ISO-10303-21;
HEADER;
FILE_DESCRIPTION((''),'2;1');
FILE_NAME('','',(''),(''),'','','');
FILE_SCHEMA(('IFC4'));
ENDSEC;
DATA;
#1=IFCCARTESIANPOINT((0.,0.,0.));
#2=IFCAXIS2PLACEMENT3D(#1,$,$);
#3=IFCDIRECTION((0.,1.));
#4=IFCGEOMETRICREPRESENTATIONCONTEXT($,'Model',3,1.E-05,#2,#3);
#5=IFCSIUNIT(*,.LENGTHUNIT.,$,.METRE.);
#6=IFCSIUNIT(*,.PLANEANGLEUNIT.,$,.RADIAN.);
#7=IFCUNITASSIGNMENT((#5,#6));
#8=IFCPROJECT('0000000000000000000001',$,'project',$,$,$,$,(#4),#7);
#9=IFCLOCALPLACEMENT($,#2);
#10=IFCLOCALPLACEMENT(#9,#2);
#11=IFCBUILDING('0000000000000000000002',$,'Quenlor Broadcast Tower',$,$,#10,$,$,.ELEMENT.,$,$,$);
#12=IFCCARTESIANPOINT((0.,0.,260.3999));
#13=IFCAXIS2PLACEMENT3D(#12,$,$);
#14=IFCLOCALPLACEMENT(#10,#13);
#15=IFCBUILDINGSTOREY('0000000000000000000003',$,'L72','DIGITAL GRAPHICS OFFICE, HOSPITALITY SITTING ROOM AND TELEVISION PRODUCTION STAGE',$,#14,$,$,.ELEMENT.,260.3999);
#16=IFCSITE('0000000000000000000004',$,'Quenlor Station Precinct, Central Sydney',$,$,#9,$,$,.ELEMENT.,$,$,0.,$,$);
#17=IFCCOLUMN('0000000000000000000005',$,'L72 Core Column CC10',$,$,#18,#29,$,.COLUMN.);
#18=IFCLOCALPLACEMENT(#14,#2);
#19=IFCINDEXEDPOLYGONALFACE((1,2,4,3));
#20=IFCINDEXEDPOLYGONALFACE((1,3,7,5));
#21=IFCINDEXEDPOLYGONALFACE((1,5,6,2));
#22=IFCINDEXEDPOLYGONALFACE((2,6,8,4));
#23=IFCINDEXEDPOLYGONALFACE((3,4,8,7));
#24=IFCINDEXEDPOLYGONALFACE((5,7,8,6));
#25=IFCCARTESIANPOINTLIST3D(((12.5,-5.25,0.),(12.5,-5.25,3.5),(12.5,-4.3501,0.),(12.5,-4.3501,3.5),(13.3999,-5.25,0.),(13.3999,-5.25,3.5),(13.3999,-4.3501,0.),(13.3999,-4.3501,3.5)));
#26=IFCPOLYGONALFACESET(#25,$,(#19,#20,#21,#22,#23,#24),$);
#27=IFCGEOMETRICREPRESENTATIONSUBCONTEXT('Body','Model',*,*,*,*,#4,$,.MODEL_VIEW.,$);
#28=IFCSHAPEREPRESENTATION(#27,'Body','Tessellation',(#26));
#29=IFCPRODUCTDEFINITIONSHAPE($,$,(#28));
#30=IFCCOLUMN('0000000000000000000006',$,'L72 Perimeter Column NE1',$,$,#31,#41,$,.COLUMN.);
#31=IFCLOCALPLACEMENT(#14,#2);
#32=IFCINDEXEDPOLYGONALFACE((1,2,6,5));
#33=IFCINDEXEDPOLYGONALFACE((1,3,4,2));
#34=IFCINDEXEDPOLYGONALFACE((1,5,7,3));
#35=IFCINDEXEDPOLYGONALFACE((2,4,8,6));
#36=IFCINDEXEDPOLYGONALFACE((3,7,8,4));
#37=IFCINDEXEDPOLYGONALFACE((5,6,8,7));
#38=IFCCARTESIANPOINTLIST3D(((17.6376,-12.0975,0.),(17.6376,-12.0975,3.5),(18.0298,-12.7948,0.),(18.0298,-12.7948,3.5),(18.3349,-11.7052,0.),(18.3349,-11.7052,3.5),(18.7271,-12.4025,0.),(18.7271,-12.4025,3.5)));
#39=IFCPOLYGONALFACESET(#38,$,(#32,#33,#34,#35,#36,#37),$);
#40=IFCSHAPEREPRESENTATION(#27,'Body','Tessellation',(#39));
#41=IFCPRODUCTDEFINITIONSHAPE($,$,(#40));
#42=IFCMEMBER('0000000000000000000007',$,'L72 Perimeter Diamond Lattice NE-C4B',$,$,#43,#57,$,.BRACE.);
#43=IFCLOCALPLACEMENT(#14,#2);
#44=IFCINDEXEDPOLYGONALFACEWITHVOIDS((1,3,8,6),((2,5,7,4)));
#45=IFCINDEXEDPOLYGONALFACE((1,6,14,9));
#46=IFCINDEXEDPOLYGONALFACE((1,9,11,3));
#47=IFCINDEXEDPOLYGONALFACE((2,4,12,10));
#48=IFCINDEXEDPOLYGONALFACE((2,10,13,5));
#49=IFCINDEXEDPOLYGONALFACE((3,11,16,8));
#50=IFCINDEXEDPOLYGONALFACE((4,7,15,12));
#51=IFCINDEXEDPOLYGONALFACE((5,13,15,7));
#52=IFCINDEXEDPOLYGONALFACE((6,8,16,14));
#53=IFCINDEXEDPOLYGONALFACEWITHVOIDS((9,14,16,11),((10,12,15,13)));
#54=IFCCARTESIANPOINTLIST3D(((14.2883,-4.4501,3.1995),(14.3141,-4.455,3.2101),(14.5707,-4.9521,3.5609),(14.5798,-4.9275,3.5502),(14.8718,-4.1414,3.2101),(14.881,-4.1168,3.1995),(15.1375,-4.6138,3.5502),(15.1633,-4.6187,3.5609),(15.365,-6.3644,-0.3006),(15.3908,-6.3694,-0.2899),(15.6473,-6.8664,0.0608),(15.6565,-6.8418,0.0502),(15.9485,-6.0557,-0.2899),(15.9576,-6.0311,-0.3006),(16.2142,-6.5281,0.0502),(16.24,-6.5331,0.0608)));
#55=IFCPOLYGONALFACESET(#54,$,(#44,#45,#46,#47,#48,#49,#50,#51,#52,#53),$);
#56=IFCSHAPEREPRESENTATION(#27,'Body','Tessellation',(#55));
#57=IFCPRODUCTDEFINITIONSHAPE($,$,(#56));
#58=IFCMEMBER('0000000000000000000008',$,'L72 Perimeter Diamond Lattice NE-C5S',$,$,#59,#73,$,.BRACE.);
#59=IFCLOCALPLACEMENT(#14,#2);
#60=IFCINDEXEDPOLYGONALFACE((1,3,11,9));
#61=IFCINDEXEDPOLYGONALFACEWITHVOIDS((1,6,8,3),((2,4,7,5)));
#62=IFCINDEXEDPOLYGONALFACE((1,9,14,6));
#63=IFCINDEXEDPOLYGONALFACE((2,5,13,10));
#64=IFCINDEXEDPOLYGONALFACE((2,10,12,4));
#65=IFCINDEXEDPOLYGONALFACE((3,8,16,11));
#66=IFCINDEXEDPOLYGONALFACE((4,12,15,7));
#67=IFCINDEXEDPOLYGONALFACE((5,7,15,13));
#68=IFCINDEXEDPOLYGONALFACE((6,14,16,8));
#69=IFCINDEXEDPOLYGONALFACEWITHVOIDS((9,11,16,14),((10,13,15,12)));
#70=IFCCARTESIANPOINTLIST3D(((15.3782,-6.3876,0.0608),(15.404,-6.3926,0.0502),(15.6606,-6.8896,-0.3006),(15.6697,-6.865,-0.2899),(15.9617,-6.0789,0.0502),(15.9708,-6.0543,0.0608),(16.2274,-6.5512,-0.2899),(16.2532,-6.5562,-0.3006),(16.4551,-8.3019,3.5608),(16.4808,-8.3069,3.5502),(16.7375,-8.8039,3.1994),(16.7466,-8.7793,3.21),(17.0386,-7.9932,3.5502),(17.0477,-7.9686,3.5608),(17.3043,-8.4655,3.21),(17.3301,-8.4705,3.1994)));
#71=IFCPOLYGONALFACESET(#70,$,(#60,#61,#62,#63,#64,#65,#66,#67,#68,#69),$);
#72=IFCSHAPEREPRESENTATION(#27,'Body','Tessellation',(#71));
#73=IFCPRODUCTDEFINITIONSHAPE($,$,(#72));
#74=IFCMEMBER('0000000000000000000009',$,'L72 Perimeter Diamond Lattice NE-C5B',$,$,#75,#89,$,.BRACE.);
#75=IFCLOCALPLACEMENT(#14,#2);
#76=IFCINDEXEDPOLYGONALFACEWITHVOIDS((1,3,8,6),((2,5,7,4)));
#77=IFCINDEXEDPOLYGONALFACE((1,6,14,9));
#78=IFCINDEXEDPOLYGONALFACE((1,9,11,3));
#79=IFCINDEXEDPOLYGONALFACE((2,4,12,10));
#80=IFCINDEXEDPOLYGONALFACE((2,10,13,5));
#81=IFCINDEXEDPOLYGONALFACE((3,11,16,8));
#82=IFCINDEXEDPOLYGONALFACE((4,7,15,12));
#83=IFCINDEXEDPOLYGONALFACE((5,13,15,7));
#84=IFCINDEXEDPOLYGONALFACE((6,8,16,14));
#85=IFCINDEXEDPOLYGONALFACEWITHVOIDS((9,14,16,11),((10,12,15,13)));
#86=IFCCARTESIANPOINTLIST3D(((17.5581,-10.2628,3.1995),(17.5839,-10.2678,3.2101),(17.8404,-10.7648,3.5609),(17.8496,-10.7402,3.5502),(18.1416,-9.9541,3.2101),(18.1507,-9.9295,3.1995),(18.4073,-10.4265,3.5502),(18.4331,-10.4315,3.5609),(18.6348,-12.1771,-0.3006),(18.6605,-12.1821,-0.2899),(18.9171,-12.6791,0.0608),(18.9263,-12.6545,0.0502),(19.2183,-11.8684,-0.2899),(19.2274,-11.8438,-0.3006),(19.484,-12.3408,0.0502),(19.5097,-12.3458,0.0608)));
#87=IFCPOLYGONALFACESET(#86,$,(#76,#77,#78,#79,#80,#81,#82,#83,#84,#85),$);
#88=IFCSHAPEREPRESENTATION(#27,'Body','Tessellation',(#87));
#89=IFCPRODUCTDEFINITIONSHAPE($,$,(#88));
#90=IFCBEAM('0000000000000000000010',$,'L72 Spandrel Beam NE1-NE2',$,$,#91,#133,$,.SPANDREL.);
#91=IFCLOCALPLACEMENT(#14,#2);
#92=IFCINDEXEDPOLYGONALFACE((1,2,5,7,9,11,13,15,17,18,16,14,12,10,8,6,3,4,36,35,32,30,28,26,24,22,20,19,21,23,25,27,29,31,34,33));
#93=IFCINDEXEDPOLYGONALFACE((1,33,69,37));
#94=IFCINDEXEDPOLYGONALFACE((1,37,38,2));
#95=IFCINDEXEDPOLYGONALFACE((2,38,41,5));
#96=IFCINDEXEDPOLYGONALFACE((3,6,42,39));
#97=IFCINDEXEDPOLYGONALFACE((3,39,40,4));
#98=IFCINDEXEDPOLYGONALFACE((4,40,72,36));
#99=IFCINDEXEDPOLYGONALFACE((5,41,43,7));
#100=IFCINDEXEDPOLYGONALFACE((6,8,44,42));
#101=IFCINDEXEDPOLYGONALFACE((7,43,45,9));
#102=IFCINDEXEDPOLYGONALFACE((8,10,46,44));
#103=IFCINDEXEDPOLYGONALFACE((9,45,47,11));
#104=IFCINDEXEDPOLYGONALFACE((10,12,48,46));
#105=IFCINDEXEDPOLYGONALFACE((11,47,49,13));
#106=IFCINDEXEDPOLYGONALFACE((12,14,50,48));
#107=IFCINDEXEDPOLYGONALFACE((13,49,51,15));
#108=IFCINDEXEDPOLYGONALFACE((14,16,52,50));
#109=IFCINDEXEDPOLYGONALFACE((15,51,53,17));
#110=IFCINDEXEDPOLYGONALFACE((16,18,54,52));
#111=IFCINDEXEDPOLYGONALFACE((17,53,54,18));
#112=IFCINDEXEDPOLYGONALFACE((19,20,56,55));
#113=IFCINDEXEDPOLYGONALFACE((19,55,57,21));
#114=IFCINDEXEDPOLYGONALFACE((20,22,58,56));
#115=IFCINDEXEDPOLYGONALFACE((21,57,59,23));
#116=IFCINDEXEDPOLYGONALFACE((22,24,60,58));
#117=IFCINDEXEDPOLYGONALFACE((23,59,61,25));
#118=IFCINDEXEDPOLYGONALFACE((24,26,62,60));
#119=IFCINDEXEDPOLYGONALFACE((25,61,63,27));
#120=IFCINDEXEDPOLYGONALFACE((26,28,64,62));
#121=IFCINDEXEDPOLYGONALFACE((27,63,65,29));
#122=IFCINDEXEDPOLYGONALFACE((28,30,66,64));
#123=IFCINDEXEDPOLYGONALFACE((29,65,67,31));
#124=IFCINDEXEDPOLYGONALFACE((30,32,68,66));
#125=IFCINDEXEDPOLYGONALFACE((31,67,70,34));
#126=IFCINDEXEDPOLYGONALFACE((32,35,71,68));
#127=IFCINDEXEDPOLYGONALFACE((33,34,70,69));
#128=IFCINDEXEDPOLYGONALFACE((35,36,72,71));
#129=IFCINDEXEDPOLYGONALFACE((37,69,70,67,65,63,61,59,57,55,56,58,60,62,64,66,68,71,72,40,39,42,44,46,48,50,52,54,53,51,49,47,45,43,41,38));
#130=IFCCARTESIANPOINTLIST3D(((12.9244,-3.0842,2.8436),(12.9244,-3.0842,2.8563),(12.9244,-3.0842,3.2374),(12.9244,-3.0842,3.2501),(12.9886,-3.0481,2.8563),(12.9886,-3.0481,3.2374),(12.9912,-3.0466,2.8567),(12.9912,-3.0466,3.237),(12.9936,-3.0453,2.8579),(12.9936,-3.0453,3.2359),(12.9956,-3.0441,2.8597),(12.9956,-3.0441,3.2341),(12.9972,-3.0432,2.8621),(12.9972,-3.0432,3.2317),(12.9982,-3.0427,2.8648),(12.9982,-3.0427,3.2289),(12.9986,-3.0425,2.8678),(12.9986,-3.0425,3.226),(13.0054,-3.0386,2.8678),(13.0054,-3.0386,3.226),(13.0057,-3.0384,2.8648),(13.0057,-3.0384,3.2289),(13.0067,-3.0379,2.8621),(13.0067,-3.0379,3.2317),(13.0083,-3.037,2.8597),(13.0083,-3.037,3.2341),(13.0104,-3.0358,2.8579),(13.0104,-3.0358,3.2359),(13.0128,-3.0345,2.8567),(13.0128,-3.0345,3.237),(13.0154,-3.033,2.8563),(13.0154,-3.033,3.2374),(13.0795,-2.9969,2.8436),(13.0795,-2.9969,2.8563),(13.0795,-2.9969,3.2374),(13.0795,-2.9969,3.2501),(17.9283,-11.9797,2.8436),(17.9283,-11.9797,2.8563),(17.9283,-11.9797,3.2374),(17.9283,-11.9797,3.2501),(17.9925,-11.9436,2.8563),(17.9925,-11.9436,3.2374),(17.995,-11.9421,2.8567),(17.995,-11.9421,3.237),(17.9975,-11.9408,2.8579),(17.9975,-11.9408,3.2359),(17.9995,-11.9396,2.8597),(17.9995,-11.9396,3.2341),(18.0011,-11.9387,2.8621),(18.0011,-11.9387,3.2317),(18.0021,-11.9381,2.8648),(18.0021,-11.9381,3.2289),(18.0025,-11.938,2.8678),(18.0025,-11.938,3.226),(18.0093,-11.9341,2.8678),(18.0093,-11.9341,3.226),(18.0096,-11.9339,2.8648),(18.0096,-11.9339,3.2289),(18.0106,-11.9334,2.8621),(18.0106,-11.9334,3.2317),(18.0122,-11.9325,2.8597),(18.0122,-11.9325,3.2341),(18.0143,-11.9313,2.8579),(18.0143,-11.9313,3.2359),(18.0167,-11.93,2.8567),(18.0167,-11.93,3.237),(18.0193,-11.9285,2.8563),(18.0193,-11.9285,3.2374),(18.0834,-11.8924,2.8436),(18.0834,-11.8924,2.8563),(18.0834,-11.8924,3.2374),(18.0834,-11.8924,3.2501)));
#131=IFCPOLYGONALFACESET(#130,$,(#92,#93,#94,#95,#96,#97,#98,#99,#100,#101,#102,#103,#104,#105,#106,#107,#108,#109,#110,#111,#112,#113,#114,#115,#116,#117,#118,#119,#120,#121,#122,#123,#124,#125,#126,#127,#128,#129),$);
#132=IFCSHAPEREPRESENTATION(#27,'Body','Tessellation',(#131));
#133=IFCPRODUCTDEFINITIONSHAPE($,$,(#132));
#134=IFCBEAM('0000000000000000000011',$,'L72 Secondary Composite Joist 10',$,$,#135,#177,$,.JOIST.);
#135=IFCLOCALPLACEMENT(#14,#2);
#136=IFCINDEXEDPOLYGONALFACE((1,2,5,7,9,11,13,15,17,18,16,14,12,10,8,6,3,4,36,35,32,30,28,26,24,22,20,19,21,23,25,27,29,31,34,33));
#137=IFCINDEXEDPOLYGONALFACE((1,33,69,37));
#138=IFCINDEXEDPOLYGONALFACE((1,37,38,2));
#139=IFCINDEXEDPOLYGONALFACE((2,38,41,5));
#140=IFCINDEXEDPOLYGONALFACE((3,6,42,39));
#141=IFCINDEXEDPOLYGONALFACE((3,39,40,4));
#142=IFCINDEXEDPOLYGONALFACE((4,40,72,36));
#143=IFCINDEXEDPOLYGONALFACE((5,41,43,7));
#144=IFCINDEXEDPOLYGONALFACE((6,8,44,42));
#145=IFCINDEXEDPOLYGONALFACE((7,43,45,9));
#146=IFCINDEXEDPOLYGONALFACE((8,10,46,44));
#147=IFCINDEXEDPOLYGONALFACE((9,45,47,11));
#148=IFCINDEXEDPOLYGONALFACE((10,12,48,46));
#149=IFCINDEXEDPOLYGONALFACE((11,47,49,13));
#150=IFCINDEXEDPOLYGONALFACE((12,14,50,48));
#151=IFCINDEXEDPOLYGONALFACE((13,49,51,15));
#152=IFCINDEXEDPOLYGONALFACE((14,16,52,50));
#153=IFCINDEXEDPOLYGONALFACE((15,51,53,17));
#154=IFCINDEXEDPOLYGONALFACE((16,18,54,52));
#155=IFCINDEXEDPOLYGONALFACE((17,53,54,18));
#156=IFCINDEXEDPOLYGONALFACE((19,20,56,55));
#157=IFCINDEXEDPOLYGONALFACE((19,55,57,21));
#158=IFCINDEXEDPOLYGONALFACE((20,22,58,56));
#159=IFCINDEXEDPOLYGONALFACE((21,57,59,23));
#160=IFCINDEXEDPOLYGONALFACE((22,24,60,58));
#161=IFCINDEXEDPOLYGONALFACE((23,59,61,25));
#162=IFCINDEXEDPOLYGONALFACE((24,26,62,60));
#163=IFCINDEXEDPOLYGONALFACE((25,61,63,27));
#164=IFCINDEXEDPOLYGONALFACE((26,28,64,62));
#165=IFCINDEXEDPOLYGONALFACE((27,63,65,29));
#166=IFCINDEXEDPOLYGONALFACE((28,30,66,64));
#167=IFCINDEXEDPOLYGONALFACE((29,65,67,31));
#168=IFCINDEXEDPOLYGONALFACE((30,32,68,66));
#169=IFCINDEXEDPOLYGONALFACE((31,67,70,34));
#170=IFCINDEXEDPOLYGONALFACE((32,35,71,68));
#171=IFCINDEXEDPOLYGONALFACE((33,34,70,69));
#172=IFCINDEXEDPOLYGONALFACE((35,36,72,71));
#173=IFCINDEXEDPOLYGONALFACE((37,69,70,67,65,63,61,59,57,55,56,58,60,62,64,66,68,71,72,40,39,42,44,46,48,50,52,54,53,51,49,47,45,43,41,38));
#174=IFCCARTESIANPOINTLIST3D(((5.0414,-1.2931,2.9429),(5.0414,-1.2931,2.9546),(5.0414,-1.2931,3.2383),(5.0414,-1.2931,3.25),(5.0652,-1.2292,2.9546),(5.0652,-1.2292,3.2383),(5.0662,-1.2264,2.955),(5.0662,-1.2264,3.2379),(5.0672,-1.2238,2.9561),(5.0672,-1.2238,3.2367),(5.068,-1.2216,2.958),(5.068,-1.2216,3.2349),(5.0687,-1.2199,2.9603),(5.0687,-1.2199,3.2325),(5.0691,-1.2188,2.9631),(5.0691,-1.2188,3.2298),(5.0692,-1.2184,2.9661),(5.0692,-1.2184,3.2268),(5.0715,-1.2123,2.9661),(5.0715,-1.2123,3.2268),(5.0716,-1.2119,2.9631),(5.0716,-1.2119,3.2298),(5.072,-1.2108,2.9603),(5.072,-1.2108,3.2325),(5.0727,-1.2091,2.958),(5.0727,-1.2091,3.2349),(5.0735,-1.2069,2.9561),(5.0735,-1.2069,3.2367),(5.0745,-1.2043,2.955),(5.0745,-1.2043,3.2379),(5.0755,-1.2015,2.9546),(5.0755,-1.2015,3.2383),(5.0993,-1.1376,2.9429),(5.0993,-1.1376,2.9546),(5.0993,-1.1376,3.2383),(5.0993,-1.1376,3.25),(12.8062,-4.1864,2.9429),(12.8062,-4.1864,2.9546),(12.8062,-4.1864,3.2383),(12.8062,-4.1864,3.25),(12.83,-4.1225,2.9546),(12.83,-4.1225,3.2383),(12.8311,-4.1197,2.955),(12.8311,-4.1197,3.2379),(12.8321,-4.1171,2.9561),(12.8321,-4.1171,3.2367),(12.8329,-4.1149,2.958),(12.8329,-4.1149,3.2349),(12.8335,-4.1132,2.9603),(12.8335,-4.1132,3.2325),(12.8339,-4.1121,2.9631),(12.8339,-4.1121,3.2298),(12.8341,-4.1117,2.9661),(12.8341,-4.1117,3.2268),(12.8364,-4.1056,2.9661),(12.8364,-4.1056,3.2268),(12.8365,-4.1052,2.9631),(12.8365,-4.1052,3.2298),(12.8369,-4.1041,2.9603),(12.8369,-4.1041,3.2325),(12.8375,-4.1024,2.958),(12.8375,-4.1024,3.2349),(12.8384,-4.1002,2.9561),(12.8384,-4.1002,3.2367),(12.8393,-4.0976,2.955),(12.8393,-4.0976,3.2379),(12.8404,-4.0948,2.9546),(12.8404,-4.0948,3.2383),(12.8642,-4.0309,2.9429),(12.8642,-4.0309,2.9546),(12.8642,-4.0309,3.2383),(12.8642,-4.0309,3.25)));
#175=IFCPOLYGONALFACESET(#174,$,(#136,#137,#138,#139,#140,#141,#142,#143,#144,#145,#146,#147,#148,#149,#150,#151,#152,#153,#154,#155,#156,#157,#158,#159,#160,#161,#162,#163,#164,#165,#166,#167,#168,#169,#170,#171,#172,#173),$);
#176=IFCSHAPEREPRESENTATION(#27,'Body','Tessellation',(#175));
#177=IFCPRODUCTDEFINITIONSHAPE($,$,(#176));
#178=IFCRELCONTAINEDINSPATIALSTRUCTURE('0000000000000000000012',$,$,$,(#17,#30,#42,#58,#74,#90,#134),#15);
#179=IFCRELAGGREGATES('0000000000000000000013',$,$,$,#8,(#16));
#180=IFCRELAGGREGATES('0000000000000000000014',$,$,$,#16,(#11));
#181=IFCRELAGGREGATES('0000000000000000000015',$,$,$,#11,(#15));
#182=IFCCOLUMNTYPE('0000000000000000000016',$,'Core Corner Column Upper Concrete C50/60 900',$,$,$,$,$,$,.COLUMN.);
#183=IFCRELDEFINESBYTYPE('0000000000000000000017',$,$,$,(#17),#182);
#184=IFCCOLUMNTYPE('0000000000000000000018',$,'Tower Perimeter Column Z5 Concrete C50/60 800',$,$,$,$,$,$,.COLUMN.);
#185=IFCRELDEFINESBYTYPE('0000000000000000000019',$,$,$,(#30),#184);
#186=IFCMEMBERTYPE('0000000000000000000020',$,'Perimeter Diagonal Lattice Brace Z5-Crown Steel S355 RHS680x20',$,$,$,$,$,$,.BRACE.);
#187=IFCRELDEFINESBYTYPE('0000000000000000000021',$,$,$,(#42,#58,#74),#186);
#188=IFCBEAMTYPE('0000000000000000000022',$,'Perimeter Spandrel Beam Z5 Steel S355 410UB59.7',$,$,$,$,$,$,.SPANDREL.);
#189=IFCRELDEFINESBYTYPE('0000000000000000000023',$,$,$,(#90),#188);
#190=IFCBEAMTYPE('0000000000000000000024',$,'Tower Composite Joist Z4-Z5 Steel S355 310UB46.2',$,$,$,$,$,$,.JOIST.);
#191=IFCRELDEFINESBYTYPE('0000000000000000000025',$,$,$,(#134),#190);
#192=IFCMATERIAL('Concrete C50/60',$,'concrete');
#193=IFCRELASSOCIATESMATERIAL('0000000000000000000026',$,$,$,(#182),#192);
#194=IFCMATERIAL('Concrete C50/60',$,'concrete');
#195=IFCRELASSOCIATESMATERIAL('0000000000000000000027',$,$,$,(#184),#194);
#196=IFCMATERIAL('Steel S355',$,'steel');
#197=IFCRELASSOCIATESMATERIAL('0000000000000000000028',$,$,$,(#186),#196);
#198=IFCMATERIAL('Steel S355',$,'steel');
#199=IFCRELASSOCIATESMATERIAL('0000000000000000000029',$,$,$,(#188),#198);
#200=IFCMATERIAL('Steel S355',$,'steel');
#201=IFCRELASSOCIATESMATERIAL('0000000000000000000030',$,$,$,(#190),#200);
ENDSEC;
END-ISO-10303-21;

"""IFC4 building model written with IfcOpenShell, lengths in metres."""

from ifc_helpers import new_model, si_unit, direction, frame, origin, origin_2d, place, context, subcontext, project, spatial, rectangle, hollow_rectangle, i_section, extrude, material, material_profile, profile_set, type_object, element, save


model = new_model("IFC4")

# Units and contexts
model_context = context("Model", 3, precision=1e-05, world=origin(), true_north=direction((0.0, 1.0)))
body_context = subcontext(model_context, "Body", "Model", "MODEL_VIEW")
ifc_project = project(units=[si_unit("LENGTHUNIT", "METRE"), si_unit("PLANEANGLEUNIT", "RADIAN")], contexts=[model_context])

# Site, building, storey
site_placement = place(None, origin())
site = spatial("IfcSite", under=ifc_project, at=site_placement, Name="Quenlor Station Precinct, Central Sydney", CompositionType="ELEMENT", RefElevation=0.0)
building_placement = place(site_placement, origin())
building = spatial("IfcBuilding", under=site, at=building_placement, Name="Quenlor Broadcast Tower", CompositionType="ELEMENT")
storey_placement = place(building_placement, frame((0.0, 0.0, 260.3999)))
storey = spatial("IfcBuildingStorey", under=building, at=storey_placement, Name="L72", Description="DIGITAL GRAPHICS OFFICE, HOSPITALITY SITTING ROOM AND TELEVISION PRODUCTION STAGE", CompositionType="ELEMENT", Elevation=260.3999)

# Columns
ifc_material_1 = material(Name="Concrete C50/60", Category="concrete")
ifc_material_profile_1 = material_profile(ifc_material_1, rectangle(XDim=0.8999, YDim=0.8999, at=origin_2d()))
ifc_profile_set_1 = profile_set([ifc_material_profile_1], Name="Concrete C50/60 RC900x900")
column_type_1 = type_object("IfcColumnType", Name="Core Corner Column Upper Concrete C50/60 900", PredefinedType="COLUMN", material=ifc_profile_set_1)
column_1_placement = place(storey_placement, frame((12.95, -4.8, 0.0), z_axis=(0.0, 0.0, 1.0), x_axis=(1.0, 0.0, 0.0)))
element("IfcColumn", 1, at=column_1_placement, inside=storey, type_object=column_type_1, Name="L72 Core Column CC10", PredefinedType="COLUMN", context=body_context, shape_type="SweptSolid", body=[
    extrude(rectangle(XDim=0.8999, YDim=0.8999, at=origin_2d()), origin(), (0.0, 0.0, 1.0), 3.5),
])
ifc_material_2 = material(Name="Concrete C50/60", Category="concrete")
ifc_material_profile_2 = material_profile(ifc_material_2, rectangle(XDim=0.8, YDim=0.8, at=origin_2d()))
ifc_profile_set_2 = profile_set([ifc_material_profile_2], Name="Concrete C50/60 RC800x800")
column_type_2 = type_object("IfcColumnType", Name="Tower Perimeter Column Z5 Concrete C50/60 800", PredefinedType="COLUMN", material=ifc_profile_set_2)
column_2_placement = place(storey_placement, frame((18.1824, -12.25, 0.0), z_axis=(0.0, 0.0, 1.0), x_axis=(0.871575, 0.490262, 0.0)))
element("IfcColumn", 2, at=column_2_placement, inside=storey, type_object=column_type_2, Name="L72 Perimeter Column NE1", PredefinedType="COLUMN", context=body_context, shape_type="SweptSolid", body=[
    extrude(rectangle(XDim=0.8, YDim=0.8, at=origin_2d()), origin(), (0.0, 0.0, 1.0), 3.5),
])

# Members
ifc_material_3 = material(Name="Steel S355", Category="steel")
ifc_material_profile_3 = material_profile(ifc_material_3, hollow_rectangle(XDim=0.6799, YDim=0.6799, WallThickness=0.02, at=origin_2d()))
ifc_profile_set_3 = profile_set([ifc_material_profile_3], Name="Steel S355 RHS680x680x20")
member_type = type_object("IfcMemberType", Name="Perimeter Diagonal Lattice Brace Z5-Crown Steel S355 RHS680x20", PredefinedType="BRACE", material=ifc_profile_set_3)
for number, where, z_axis, x_axis, name in (
    (3, (15.8025, -6.4487, -0.1199), (-0.260564, 0.463283, 0.847039), (-0.871602, -0.490214, 0.0), "L72 Perimeter Diamond Lattice NE-C4B"),
    (4, (15.8157, -6.4719, -0.1199), (0.260619, -0.463276, 0.847026), (0.871555, 0.490298, 0.0), "L72 Perimeter Diamond Lattice NE-C5S"),
    (5, (19.0723, -12.2615, -0.1199), (-0.260564, 0.463283, 0.847039), (-0.871602, -0.490214, 0.0), "L72 Perimeter Diamond Lattice NE-C5B"),
):
    element("IfcMember", number, at=place(storey_placement, frame(where, z_axis=z_axis, x_axis=x_axis)), inside=storey, type_object=member_type, Name=name, PredefinedType="BRACE", context=body_context, shape_type="SweptSolid", body=[
        extrude(hollow_rectangle(XDim=0.6799, YDim=0.6799, WallThickness=0.02, at=origin_2d()), origin(), (0.0, 0.0, 1.0), 4.1321),
    ])

# Beams
ifc_material_4 = material(Name="Steel S355", Category="steel")
ifc_material_profile_4 = material_profile(ifc_material_4, i_section(OverallWidth=0.178, OverallDepth=0.4065, WebThickness=0.0078, FlangeThickness=0.0127, FilletRadius=0.0115, at=origin_2d()))
ifc_profile_set_4 = profile_set([ifc_material_profile_4], Name="Steel S355 410UB59.7")
beam_type_1 = type_object("IfcBeamType", Name="Perimeter Spandrel Beam Z5 Steel S355 410UB59.7", PredefinedType="SPANDREL", material=ifc_profile_set_4)
beam_1_placement = place(storey_placement, frame((18.0059, -11.936, 3.0469), z_axis=(-0.490275, 0.871568, 0.0), x_axis=(-0.871568, -0.490275, 0.0)))
element("IfcBeam", 6, at=beam_1_placement, inside=storey, type_object=beam_type_1, Name="L72 Spandrel Beam NE1-NE2", PredefinedType="SPANDREL", context=body_context, shape_type="SweptSolid", body=[
    extrude(i_section(OverallWidth=0.178, OverallDepth=0.4065, WebThickness=0.0078, FlangeThickness=0.0127, FilletRadius=0.0115, at=origin_2d()), origin(), (0.0, 0.0, 1.0), 10.2063),
])
ifc_material_5 = material(Name="Steel S355", Category="steel")
ifc_material_profile_5 = material_profile(ifc_material_5, i_section(OverallWidth=0.166, OverallDepth=0.3071, WebThickness=0.0066, FlangeThickness=0.0117, FilletRadius=0.0115, at=origin_2d()))
ifc_profile_set_5 = profile_set([ifc_material_profile_5], Name="Steel S355 310UB46.2")
beam_type_2 = type_object("IfcBeamType", Name="Tower Composite Joist Z4-Z5 Steel S355 310UB46.2", PredefinedType="JOIST", material=ifc_profile_set_5)
beam_2_placement = place(storey_placement, frame((12.8352, -4.1086, 3.0964), z_axis=(-0.937062, 0.349163, 0.0), x_axis=(-0.349163, -0.937062, 0.0)))
element("IfcBeam", 7, at=beam_2_placement, inside=storey, type_object=beam_type_2, Name="L72 Secondary Composite Joist 10", PredefinedType="JOIST", context=body_context, shape_type="SweptSolid", body=[
    extrude(i_section(OverallWidth=0.166, OverallDepth=0.3071, WebThickness=0.0066, FlangeThickness=0.0117, FilletRadius=0.0115, at=origin_2d()), origin(), (0.0, 0.0, 1.0), 8.2864),
])

save(model, "model.ifc")
